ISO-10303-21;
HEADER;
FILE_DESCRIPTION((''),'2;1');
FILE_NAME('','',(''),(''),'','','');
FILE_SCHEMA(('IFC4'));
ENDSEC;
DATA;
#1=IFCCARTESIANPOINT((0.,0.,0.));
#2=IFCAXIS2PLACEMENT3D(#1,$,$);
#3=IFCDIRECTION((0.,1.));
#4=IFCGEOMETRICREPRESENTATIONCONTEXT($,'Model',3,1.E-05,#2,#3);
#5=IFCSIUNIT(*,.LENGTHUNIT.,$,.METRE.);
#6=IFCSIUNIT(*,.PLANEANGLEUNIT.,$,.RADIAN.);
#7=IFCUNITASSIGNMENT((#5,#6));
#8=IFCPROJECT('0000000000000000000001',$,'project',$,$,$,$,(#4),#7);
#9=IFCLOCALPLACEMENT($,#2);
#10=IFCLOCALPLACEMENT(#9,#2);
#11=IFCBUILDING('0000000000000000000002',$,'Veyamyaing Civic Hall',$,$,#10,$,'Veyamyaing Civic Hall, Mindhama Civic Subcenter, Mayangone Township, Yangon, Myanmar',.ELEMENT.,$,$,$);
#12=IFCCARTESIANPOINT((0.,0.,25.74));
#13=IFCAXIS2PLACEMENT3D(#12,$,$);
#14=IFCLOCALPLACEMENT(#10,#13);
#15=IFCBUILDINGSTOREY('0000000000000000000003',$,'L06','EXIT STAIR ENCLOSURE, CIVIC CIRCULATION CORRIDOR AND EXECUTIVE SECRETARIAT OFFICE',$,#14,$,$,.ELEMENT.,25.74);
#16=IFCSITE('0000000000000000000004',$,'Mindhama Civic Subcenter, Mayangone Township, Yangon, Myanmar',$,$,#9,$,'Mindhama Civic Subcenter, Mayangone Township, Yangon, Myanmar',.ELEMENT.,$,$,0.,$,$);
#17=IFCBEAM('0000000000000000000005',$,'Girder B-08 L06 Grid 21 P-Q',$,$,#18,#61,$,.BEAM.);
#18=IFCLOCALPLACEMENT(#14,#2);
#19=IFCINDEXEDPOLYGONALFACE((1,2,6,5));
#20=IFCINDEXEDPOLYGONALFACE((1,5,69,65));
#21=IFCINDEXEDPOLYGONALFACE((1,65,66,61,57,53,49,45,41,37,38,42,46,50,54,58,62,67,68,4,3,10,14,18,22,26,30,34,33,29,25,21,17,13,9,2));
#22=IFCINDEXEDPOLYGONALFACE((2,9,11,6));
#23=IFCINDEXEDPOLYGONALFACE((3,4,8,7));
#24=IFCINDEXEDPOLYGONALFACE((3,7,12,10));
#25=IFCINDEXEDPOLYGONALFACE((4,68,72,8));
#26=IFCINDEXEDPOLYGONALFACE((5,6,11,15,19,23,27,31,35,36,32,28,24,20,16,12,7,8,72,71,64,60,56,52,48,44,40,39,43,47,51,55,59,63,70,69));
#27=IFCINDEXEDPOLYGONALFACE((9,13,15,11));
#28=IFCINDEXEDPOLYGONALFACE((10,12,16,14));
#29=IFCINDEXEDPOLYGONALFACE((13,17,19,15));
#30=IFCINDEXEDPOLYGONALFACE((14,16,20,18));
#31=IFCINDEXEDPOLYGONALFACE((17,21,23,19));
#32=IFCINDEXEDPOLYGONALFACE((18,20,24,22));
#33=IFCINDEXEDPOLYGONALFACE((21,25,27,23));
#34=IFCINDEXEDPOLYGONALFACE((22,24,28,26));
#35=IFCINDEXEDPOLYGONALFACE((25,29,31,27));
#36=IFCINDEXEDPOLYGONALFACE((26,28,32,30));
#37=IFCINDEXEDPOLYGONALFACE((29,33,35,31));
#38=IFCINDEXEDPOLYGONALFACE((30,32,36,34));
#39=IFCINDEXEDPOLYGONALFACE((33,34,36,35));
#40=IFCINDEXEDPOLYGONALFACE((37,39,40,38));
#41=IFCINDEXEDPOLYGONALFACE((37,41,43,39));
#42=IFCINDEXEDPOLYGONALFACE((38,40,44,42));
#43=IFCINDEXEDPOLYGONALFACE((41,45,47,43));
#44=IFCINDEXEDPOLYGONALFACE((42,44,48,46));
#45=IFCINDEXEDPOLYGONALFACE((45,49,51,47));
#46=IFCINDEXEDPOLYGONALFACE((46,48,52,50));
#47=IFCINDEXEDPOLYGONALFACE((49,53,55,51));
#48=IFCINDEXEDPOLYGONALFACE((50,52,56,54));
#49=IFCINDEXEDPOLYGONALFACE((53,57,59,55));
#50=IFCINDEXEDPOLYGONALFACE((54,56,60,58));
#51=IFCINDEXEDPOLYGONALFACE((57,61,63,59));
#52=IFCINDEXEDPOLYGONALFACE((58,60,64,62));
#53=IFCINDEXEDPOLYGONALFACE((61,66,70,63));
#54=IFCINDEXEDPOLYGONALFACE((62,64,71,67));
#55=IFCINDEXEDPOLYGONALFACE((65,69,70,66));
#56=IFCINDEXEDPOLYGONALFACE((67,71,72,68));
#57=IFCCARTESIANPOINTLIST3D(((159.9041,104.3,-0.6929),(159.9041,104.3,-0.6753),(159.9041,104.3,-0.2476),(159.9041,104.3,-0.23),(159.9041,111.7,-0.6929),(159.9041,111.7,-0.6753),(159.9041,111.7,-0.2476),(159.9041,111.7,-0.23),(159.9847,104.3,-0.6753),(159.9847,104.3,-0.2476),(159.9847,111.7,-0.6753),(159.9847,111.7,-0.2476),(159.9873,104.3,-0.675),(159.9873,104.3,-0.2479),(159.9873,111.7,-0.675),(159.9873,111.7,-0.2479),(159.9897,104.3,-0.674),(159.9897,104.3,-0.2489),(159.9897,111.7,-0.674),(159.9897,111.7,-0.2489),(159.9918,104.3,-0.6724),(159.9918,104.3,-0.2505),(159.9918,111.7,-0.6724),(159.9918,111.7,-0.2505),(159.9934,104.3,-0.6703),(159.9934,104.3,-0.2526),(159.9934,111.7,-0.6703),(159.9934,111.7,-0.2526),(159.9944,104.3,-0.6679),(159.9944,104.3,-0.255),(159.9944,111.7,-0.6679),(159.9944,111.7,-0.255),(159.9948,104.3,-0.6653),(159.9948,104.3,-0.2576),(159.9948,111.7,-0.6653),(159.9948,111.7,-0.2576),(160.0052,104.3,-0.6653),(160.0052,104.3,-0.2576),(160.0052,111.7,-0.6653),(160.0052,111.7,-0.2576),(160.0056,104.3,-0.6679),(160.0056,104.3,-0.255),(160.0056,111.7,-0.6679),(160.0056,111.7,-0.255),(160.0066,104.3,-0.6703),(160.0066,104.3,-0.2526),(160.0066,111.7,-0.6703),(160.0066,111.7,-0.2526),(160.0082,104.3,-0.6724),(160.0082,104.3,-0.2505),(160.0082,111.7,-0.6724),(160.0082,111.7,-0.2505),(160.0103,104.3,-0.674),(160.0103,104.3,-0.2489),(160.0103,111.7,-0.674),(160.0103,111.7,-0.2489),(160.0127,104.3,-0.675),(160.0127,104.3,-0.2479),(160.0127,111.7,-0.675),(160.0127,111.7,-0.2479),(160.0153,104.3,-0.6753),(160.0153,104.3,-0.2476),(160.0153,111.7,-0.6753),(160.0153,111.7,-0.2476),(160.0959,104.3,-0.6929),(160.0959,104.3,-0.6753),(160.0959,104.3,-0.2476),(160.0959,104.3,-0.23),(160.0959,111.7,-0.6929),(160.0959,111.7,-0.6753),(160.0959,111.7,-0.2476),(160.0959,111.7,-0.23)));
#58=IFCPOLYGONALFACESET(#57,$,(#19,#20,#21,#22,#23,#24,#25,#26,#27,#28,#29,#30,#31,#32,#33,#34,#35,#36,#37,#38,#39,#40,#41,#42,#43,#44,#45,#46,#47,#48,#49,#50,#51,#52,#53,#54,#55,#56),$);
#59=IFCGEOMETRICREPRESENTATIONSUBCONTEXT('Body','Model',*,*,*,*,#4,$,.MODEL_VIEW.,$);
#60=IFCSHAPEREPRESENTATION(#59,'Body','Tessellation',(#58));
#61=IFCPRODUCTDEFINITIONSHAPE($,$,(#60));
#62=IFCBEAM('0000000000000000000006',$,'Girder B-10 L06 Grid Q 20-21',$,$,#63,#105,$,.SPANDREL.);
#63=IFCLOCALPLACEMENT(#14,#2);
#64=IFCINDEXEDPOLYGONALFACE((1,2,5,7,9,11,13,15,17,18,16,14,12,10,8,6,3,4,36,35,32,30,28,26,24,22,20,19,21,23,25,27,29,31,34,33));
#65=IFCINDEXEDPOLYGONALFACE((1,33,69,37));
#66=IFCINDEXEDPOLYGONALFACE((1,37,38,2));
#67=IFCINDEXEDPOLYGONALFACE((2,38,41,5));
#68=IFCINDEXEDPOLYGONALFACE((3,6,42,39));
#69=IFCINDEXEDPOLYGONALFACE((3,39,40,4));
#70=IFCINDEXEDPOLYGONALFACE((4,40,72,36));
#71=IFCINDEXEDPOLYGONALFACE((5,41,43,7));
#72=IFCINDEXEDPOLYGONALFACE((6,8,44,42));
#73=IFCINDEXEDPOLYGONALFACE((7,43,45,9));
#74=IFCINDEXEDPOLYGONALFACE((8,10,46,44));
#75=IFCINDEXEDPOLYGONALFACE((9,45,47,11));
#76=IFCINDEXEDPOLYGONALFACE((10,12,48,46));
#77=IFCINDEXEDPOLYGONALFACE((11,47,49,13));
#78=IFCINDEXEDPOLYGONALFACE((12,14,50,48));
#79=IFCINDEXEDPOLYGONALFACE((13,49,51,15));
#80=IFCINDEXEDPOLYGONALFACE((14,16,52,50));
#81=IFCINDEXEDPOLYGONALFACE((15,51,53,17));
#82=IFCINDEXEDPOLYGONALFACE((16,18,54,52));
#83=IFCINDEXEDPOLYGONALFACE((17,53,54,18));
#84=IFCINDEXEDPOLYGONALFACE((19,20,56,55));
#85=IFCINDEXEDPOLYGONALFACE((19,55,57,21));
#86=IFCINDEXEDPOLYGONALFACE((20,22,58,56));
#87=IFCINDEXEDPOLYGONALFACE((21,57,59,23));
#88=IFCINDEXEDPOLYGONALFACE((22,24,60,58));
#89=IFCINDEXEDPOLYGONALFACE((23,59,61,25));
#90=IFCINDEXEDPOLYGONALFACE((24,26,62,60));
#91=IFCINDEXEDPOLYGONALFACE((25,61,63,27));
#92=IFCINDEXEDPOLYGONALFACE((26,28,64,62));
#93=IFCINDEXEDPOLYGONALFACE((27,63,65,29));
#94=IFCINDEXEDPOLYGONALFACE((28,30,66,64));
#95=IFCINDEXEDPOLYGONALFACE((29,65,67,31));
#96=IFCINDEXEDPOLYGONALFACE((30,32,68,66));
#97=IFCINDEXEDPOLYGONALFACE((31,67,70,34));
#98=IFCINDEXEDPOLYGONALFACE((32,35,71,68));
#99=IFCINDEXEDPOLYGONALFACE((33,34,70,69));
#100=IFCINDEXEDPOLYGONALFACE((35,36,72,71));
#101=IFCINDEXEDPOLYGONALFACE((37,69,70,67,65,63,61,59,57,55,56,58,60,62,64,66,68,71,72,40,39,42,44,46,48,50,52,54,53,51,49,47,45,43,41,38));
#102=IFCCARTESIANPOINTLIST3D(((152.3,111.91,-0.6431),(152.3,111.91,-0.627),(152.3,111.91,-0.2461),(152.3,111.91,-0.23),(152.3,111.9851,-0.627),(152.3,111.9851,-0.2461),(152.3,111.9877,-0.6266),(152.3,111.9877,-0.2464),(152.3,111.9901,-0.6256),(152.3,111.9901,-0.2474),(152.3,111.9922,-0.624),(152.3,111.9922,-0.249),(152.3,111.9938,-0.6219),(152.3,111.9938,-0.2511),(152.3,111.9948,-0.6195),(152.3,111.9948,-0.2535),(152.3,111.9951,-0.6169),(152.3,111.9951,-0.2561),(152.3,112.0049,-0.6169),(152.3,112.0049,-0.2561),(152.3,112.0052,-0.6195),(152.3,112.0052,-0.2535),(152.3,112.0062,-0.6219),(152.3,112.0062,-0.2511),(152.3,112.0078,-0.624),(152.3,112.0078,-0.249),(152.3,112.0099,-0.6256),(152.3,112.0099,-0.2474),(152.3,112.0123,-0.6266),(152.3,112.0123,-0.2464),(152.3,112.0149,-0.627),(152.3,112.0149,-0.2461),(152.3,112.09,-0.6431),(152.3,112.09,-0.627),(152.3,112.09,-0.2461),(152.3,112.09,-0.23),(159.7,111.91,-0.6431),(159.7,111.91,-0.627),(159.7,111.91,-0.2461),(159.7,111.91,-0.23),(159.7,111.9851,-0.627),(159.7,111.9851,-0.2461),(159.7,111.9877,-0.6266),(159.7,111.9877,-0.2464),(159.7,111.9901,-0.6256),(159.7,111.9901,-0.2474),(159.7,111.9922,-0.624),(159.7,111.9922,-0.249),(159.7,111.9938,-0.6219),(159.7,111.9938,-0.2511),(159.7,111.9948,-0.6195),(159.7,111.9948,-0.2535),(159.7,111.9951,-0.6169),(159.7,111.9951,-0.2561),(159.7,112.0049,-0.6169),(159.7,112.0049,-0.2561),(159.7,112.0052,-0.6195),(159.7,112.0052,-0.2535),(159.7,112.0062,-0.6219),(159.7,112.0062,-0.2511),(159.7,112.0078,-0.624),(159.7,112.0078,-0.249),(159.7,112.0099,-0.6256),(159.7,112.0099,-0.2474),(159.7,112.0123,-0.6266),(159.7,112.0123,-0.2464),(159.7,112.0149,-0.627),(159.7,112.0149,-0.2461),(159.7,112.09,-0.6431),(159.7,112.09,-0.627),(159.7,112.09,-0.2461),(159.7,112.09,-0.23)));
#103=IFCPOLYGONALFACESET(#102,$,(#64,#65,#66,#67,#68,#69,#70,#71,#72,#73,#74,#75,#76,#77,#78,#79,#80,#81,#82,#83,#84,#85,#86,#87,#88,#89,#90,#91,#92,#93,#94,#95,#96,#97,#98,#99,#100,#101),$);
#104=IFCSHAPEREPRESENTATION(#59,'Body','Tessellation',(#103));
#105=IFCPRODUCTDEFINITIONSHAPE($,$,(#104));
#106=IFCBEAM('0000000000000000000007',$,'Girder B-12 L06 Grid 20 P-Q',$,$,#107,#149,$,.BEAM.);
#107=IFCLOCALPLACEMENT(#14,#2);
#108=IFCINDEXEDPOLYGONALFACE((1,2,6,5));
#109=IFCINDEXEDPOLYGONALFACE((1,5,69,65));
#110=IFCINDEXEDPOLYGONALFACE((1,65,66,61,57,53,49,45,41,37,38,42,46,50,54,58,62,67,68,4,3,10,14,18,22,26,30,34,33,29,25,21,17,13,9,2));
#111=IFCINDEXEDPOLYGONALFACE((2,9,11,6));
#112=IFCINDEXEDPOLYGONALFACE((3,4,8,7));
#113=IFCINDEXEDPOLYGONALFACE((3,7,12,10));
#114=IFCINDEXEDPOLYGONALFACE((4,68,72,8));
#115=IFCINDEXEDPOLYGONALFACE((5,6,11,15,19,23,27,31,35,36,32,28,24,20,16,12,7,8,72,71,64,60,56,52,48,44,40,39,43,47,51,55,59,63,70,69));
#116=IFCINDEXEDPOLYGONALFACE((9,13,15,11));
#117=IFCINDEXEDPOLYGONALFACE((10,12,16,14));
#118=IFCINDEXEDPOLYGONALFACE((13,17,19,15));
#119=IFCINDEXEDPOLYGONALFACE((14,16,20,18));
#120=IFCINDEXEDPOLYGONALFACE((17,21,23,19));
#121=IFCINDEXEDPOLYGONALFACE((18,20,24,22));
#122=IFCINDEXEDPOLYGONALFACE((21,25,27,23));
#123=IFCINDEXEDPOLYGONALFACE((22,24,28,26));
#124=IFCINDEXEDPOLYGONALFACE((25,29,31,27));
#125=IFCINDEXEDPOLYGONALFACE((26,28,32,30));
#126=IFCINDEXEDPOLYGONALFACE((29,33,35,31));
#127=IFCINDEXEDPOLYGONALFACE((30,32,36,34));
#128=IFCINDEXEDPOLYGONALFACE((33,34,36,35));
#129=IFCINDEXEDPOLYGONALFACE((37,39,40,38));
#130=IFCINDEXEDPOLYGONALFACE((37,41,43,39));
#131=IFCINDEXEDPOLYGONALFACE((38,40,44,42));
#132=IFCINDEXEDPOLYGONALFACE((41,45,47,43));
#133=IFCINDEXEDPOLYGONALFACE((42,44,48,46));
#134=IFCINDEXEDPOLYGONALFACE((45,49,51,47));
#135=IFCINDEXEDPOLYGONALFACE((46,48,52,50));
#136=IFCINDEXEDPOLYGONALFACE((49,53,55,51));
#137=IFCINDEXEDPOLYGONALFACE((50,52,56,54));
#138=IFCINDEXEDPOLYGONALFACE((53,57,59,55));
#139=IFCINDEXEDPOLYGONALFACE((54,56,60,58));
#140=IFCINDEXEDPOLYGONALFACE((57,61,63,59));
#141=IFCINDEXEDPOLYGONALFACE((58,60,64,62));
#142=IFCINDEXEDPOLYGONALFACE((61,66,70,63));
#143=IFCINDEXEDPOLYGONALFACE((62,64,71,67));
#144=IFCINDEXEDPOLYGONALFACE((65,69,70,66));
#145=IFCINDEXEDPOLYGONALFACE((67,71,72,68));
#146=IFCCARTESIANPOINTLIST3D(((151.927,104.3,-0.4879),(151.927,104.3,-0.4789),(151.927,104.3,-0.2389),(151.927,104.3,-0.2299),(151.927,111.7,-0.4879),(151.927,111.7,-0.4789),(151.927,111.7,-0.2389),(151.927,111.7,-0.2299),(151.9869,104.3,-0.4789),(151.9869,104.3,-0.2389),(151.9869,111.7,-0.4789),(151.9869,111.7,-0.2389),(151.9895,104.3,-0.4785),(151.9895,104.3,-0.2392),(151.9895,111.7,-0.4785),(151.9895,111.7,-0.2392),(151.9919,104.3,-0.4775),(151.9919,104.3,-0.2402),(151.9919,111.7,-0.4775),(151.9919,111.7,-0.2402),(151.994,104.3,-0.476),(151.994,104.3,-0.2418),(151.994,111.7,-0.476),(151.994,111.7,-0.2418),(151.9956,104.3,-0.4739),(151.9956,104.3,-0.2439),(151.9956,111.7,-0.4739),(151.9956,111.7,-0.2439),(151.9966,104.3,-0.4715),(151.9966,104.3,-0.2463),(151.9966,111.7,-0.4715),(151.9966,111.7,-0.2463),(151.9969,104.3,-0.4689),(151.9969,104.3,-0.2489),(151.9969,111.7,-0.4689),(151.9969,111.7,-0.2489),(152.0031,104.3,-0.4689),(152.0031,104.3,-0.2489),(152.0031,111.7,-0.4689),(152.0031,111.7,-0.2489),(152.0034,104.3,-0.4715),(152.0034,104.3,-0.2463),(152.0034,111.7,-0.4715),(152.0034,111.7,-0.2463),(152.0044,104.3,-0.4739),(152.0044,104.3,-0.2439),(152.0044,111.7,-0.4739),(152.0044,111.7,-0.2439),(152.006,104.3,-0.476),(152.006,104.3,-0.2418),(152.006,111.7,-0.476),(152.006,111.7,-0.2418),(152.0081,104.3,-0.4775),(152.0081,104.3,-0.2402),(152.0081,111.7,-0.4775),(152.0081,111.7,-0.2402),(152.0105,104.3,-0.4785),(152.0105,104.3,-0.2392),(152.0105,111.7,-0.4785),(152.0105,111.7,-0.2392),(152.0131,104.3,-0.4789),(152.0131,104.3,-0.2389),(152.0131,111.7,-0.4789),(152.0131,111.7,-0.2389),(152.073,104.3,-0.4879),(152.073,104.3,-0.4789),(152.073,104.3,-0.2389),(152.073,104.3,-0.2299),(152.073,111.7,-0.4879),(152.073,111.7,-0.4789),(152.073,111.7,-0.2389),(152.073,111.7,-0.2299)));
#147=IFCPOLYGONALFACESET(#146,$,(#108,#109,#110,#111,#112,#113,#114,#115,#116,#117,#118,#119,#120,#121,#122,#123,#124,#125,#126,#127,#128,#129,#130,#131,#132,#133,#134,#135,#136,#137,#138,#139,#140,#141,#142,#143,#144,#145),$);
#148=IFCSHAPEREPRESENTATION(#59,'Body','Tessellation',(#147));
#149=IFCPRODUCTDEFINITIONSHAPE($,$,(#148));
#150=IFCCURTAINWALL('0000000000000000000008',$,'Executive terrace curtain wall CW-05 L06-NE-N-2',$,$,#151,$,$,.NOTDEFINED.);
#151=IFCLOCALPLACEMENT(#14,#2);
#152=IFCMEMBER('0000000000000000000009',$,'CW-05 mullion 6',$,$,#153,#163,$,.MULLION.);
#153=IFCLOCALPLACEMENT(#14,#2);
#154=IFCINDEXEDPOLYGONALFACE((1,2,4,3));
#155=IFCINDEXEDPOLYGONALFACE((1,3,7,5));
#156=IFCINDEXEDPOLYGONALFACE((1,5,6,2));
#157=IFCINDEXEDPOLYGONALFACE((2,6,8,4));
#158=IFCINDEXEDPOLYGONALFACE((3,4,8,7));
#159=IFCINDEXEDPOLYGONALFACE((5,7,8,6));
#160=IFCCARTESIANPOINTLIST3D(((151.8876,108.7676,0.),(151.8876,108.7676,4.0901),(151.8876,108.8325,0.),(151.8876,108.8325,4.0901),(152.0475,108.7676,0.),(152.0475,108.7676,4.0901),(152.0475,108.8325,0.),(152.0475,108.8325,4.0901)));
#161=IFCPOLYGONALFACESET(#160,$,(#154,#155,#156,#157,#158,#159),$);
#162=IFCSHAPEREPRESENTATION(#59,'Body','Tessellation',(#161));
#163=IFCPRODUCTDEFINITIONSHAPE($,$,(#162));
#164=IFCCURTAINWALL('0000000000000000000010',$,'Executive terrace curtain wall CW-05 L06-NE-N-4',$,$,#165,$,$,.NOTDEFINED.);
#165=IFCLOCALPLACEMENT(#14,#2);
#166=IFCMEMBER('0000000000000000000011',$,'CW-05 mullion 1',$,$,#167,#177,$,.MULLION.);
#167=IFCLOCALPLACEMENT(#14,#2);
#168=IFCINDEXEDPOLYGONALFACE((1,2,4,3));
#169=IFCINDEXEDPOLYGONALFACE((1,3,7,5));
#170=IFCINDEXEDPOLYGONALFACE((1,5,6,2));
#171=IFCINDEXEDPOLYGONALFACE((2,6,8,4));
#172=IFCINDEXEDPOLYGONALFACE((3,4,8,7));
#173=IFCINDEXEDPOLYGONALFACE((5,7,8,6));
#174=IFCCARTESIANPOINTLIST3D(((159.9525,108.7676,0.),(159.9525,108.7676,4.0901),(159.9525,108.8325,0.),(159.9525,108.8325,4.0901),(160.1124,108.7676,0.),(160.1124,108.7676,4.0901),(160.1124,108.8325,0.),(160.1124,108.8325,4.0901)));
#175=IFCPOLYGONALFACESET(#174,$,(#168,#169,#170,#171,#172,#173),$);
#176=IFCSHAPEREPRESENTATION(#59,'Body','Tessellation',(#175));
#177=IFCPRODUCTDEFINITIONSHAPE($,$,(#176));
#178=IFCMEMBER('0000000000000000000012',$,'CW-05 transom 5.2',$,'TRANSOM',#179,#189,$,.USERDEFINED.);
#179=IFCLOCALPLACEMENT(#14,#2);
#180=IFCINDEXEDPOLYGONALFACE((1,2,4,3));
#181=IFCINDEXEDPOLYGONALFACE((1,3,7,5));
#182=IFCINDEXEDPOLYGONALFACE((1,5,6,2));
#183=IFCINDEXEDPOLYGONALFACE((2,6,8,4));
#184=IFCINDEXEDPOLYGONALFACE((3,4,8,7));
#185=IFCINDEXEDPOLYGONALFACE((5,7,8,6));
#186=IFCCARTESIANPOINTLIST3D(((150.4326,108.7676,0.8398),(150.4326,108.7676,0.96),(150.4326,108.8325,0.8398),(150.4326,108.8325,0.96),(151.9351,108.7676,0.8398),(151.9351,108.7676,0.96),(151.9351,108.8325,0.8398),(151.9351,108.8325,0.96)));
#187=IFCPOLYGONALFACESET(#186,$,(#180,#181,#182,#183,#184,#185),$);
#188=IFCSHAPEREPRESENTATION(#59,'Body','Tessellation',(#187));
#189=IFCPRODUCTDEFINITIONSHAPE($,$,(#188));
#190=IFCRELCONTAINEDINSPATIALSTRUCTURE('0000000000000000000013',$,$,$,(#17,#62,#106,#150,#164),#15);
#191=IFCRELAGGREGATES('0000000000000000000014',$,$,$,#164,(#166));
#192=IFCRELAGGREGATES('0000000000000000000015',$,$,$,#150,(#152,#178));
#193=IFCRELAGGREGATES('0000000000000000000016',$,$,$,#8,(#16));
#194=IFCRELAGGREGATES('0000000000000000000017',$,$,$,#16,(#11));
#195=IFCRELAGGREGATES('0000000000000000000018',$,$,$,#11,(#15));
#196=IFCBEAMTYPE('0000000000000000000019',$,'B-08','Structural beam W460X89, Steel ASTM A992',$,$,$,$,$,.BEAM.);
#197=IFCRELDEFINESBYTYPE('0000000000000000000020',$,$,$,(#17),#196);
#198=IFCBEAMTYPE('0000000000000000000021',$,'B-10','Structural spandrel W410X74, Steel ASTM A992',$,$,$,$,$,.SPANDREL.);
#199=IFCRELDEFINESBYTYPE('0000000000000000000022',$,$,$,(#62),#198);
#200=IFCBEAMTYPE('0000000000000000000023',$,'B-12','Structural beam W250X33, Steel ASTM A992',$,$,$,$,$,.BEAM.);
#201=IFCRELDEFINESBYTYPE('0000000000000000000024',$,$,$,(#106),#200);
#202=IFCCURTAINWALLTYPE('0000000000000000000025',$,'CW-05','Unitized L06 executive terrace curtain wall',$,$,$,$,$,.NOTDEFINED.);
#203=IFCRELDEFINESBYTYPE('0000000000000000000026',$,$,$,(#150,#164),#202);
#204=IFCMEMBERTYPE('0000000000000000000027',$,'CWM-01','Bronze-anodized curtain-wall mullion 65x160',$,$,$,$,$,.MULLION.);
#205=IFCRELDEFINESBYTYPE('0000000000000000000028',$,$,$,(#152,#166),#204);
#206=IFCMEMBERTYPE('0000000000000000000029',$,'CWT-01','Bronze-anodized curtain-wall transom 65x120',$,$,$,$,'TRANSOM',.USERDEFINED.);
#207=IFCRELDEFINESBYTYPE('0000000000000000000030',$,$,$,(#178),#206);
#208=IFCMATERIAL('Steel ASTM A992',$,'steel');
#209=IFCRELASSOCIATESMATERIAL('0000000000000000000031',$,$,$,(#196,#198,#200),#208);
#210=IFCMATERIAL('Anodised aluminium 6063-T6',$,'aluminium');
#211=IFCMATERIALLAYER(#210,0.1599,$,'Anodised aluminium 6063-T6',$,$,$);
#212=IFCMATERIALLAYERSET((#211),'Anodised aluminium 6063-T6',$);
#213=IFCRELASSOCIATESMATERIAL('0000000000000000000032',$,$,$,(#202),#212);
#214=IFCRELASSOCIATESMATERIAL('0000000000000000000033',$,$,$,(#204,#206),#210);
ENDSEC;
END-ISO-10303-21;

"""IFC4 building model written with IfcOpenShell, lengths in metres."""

from ifc_helpers import new_model, si_unit, direction, frame, origin, origin_2d, place, context, subcontext, project, spatial, rectangle, i_section, extrude, material, layer, layer_set, material_profile, profile_set, type_object, element, aggregate, save


model = new_model("IFC4")

# Units and contexts
model_context = context("Model", 3, precision=1e-05, world=origin(), true_north=direction((0.0, 1.0)))
body_context = subcontext(model_context, "Body", "Model", "MODEL_VIEW")
ifc_project = project(units=[si_unit("LENGTHUNIT", "METRE"), si_unit("PLANEANGLEUNIT", "RADIAN")], contexts=[model_context])

# Site, building, storey
site_placement = place(None, origin())
site = spatial("IfcSite", under=ifc_project, at=site_placement, Name="Mindhama Civic Subcenter, Mayangone Township, Yangon, Myanmar", LongName="Mindhama Civic Subcenter, Mayangone Township, Yangon, Myanmar", CompositionType="ELEMENT", RefElevation=0.0)
building_placement = place(site_placement, origin())
building = spatial("IfcBuilding", under=site, at=building_placement, Name="Veyamyaing Civic Hall", LongName="Veyamyaing Civic Hall, Mindhama Civic Subcenter, Mayangone Township, Yangon, Myanmar", CompositionType="ELEMENT")
storey_placement = place(building_placement, frame((0.0, 0.0, 25.74)))
storey = spatial("IfcBuildingStorey", under=building, at=storey_placement, Name="L06", Description="EXIT STAIR ENCLOSURE, CIVIC CIRCULATION CORRIDOR AND EXECUTIVE SECRETARIAT OFFICE", CompositionType="ELEMENT", Elevation=25.74)

# Beams
ifc_material_1 = material(Name="Steel ASTM A992", Category="steel")
ifc_material_profile_1 = material_profile(ifc_material_1, i_section(OverallWidth=0.1919, OverallDepth=0.4629, WebThickness=0.0105, FlangeThickness=0.0176, FilletRadius=0.01, at=origin_2d()), Name="W460X89")
ifc_profile_set_1 = profile_set([ifc_material_profile_1], Name="Steel ASTM A992")
beam_type_1 = type_object("IfcBeamType", Name="B-08", Description="Structural beam W460X89, Steel ASTM A992", PredefinedType="BEAM", material=ifc_profile_set_1)
beam_1_placement = place(storey_placement, frame((160.0, 104.3, -0.4614), z_axis=(0.0, 1.0, 0.0), x_axis=(-1.0, 0.0, 0.0)))
element("IfcBeam", 1, at=beam_1_placement, inside=storey, type_object=beam_type_1, Name="Girder B-08 L06 Grid 21 P-Q", PredefinedType="BEAM", context=body_context, shape_type="SweptSolid", body=[
    extrude(i_section(OverallWidth=0.1919, OverallDepth=0.4629, WebThickness=0.0105, FlangeThickness=0.0176, FilletRadius=0.01, at=origin_2d()), origin(), (0.0, 0.0, 1.0), 7.3999),
])
ifc_material_profile_2 = material_profile(ifc_material_1, i_section(OverallWidth=0.1799, OverallDepth=0.4131, WebThickness=0.0098, FlangeThickness=0.0161, FilletRadius=0.01, at=origin_2d()), Name="W410X74")
ifc_profile_set_2 = profile_set([ifc_material_profile_2], Name="Steel ASTM A992")
beam_type_2 = type_object("IfcBeamType", Name="B-10", Description="Structural spandrel W410X74, Steel ASTM A992", PredefinedType="SPANDREL", material=ifc_profile_set_2)
beam_2_placement = place(storey_placement, frame((152.3, 112.0, -0.4365), z_axis=(1.0, 0.0, 0.0), x_axis=(0.0, 1.0, 0.0)))
element("IfcBeam", 2, at=beam_2_placement, inside=storey, type_object=beam_type_2, Name="Girder B-10 L06 Grid Q 20-21", PredefinedType="SPANDREL", context=body_context, shape_type="SweptSolid", body=[
    extrude(i_section(OverallWidth=0.1799, OverallDepth=0.4131, WebThickness=0.0098, FlangeThickness=0.0161, FilletRadius=0.01, at=origin_2d()), origin(), (0.0, 0.0, 1.0), 7.3999),
])
ifc_material_profile_3 = material_profile(ifc_material_1, i_section(OverallWidth=0.146, OverallDepth=0.2581, WebThickness=0.0061, FlangeThickness=0.009, FilletRadius=0.01, at=origin_2d()), Name="W250X33")
ifc_profile_set_3 = profile_set([ifc_material_profile_3], Name="Steel ASTM A992")
beam_type_3 = type_object("IfcBeamType", Name="B-12", Description="Structural beam W250X33, Steel ASTM A992", PredefinedType="BEAM", material=ifc_profile_set_3)
beam_3_placement = place(storey_placement, frame((152.0, 104.3, -0.3589), z_axis=(0.0, 1.0, 0.0), x_axis=(-1.0, 0.0, 0.0)))
element("IfcBeam", 3, at=beam_3_placement, inside=storey, type_object=beam_type_3, Name="Girder B-12 L06 Grid 20 P-Q", PredefinedType="BEAM", context=body_context, shape_type="SweptSolid", body=[
    extrude(i_section(OverallWidth=0.146, OverallDepth=0.2581, WebThickness=0.0061, FlangeThickness=0.009, FilletRadius=0.01, at=origin_2d()), origin(), (0.0, 0.0, 1.0), 7.3999),
])

# Curtain walls, members
ifc_material_2 = material(Name="Anodised aluminium 6063-T6", Category="aluminium")
ifc_layer_1 = layer(ifc_material_2, 0.1599, Name="Anodised aluminium 6063-T6")
ifc_layer_set_1 = layer_set([ifc_layer_1], Name="Anodised aluminium 6063-T6")
curtain_wall_type = type_object("IfcCurtainWallType", Name="CW-05", Description="Unitized L06 executive terrace curtain wall", PredefinedType="NOTDEFINED", material=ifc_layer_set_1)
curtain_wall_1_placement = place(storey_placement, origin())
curtain_wall_1 = element("IfcCurtainWall", 4, at=curtain_wall_1_placement, inside=storey, type_object=curtain_wall_type, Name="Executive terrace curtain wall CW-05 L06-NE-N-2", PredefinedType="NOTDEFINED")
ifc_material_profile_4 = material_profile(ifc_material_2, rectangle(XDim=0.0649, YDim=0.1599, at=origin_2d()), Name="ALU-MUL-65X160")
ifc_profile_set_4 = profile_set([ifc_material_profile_4], Name="Anodised aluminium 6063-T6")
member_type_1 = type_object("IfcMemberType", Name="CWM-01", Description="Bronze-anodized curtain-wall mullion 65x160", PredefinedType="MULLION", material=ifc_profile_set_4)
member_1_placement = place(storey_placement, frame((151.9675, 108.8, 0.0), z_axis=(0.0, 0.0, 1.0), x_axis=(0.0, 1.0, 0.0)))
member_1 = element("IfcMember", 5, at=member_1_placement, type_object=member_type_1, Name="CW-05 mullion 6", PredefinedType="MULLION", context=body_context, shape_type="SweptSolid", body=[
    extrude(rectangle(XDim=0.0649, YDim=0.1599, at=origin_2d()), origin(), (0.0, 0.0, 1.0), 4.0901),
])
curtain_wall_2_placement = place(storey_placement, origin())
curtain_wall_2 = element("IfcCurtainWall", 6, at=curtain_wall_2_placement, inside=storey, type_object=curtain_wall_type, Name="Executive terrace curtain wall CW-05 L06-NE-N-4", PredefinedType="NOTDEFINED")
member_2_placement = place(storey_placement, frame((160.0325, 108.8, 0.0), z_axis=(0.0, 0.0, 1.0), x_axis=(0.0, 1.0, 0.0)))
member_2 = element("IfcMember", 7, at=member_2_placement, type_object=member_type_1, Name="CW-05 mullion 1", PredefinedType="MULLION", context=body_context, shape_type="SweptSolid", body=[
    extrude(rectangle(XDim=0.0649, YDim=0.1599, at=origin_2d()), origin(), (0.0, 0.0, 1.0), 4.0901),
])

# Member
ifc_material_profile_5 = material_profile(ifc_material_2, rectangle(XDim=0.0649, YDim=0.1201, at=origin_2d()), Name="ALU-TRN-65X120")
ifc_profile_set_5 = profile_set([ifc_material_profile_5], Name="Anodised aluminium 6063-T6")
member_type_2 = type_object("IfcMemberType", Name="CWT-01", Description="Bronze-anodized curtain-wall transom 65x120", ElementType="TRANSOM", PredefinedType="USERDEFINED", material=ifc_profile_set_5)
member_3_placement = place(storey_placement, frame((150.4326, 108.8, 0.8999), z_axis=(1.0, 0.0, 0.0), x_axis=(0.0, 1.0, 0.0)))
member_3 = element("IfcMember", 8, at=member_3_placement, type_object=member_type_2, Name="CW-05 transom 5.2", ObjectType="TRANSOM", PredefinedType="USERDEFINED", context=body_context, shape_type="SweptSolid", body=[
    extrude(rectangle(XDim=0.0649, YDim=0.1201, at=origin_2d()), origin(), (0.0, 0.0, 1.0), 1.5024),
])
aggregate(curtain_wall_2, [member_2])

aggregate(curtain_wall_1, [member_1, member_3])

save(model, "model.ifc")
